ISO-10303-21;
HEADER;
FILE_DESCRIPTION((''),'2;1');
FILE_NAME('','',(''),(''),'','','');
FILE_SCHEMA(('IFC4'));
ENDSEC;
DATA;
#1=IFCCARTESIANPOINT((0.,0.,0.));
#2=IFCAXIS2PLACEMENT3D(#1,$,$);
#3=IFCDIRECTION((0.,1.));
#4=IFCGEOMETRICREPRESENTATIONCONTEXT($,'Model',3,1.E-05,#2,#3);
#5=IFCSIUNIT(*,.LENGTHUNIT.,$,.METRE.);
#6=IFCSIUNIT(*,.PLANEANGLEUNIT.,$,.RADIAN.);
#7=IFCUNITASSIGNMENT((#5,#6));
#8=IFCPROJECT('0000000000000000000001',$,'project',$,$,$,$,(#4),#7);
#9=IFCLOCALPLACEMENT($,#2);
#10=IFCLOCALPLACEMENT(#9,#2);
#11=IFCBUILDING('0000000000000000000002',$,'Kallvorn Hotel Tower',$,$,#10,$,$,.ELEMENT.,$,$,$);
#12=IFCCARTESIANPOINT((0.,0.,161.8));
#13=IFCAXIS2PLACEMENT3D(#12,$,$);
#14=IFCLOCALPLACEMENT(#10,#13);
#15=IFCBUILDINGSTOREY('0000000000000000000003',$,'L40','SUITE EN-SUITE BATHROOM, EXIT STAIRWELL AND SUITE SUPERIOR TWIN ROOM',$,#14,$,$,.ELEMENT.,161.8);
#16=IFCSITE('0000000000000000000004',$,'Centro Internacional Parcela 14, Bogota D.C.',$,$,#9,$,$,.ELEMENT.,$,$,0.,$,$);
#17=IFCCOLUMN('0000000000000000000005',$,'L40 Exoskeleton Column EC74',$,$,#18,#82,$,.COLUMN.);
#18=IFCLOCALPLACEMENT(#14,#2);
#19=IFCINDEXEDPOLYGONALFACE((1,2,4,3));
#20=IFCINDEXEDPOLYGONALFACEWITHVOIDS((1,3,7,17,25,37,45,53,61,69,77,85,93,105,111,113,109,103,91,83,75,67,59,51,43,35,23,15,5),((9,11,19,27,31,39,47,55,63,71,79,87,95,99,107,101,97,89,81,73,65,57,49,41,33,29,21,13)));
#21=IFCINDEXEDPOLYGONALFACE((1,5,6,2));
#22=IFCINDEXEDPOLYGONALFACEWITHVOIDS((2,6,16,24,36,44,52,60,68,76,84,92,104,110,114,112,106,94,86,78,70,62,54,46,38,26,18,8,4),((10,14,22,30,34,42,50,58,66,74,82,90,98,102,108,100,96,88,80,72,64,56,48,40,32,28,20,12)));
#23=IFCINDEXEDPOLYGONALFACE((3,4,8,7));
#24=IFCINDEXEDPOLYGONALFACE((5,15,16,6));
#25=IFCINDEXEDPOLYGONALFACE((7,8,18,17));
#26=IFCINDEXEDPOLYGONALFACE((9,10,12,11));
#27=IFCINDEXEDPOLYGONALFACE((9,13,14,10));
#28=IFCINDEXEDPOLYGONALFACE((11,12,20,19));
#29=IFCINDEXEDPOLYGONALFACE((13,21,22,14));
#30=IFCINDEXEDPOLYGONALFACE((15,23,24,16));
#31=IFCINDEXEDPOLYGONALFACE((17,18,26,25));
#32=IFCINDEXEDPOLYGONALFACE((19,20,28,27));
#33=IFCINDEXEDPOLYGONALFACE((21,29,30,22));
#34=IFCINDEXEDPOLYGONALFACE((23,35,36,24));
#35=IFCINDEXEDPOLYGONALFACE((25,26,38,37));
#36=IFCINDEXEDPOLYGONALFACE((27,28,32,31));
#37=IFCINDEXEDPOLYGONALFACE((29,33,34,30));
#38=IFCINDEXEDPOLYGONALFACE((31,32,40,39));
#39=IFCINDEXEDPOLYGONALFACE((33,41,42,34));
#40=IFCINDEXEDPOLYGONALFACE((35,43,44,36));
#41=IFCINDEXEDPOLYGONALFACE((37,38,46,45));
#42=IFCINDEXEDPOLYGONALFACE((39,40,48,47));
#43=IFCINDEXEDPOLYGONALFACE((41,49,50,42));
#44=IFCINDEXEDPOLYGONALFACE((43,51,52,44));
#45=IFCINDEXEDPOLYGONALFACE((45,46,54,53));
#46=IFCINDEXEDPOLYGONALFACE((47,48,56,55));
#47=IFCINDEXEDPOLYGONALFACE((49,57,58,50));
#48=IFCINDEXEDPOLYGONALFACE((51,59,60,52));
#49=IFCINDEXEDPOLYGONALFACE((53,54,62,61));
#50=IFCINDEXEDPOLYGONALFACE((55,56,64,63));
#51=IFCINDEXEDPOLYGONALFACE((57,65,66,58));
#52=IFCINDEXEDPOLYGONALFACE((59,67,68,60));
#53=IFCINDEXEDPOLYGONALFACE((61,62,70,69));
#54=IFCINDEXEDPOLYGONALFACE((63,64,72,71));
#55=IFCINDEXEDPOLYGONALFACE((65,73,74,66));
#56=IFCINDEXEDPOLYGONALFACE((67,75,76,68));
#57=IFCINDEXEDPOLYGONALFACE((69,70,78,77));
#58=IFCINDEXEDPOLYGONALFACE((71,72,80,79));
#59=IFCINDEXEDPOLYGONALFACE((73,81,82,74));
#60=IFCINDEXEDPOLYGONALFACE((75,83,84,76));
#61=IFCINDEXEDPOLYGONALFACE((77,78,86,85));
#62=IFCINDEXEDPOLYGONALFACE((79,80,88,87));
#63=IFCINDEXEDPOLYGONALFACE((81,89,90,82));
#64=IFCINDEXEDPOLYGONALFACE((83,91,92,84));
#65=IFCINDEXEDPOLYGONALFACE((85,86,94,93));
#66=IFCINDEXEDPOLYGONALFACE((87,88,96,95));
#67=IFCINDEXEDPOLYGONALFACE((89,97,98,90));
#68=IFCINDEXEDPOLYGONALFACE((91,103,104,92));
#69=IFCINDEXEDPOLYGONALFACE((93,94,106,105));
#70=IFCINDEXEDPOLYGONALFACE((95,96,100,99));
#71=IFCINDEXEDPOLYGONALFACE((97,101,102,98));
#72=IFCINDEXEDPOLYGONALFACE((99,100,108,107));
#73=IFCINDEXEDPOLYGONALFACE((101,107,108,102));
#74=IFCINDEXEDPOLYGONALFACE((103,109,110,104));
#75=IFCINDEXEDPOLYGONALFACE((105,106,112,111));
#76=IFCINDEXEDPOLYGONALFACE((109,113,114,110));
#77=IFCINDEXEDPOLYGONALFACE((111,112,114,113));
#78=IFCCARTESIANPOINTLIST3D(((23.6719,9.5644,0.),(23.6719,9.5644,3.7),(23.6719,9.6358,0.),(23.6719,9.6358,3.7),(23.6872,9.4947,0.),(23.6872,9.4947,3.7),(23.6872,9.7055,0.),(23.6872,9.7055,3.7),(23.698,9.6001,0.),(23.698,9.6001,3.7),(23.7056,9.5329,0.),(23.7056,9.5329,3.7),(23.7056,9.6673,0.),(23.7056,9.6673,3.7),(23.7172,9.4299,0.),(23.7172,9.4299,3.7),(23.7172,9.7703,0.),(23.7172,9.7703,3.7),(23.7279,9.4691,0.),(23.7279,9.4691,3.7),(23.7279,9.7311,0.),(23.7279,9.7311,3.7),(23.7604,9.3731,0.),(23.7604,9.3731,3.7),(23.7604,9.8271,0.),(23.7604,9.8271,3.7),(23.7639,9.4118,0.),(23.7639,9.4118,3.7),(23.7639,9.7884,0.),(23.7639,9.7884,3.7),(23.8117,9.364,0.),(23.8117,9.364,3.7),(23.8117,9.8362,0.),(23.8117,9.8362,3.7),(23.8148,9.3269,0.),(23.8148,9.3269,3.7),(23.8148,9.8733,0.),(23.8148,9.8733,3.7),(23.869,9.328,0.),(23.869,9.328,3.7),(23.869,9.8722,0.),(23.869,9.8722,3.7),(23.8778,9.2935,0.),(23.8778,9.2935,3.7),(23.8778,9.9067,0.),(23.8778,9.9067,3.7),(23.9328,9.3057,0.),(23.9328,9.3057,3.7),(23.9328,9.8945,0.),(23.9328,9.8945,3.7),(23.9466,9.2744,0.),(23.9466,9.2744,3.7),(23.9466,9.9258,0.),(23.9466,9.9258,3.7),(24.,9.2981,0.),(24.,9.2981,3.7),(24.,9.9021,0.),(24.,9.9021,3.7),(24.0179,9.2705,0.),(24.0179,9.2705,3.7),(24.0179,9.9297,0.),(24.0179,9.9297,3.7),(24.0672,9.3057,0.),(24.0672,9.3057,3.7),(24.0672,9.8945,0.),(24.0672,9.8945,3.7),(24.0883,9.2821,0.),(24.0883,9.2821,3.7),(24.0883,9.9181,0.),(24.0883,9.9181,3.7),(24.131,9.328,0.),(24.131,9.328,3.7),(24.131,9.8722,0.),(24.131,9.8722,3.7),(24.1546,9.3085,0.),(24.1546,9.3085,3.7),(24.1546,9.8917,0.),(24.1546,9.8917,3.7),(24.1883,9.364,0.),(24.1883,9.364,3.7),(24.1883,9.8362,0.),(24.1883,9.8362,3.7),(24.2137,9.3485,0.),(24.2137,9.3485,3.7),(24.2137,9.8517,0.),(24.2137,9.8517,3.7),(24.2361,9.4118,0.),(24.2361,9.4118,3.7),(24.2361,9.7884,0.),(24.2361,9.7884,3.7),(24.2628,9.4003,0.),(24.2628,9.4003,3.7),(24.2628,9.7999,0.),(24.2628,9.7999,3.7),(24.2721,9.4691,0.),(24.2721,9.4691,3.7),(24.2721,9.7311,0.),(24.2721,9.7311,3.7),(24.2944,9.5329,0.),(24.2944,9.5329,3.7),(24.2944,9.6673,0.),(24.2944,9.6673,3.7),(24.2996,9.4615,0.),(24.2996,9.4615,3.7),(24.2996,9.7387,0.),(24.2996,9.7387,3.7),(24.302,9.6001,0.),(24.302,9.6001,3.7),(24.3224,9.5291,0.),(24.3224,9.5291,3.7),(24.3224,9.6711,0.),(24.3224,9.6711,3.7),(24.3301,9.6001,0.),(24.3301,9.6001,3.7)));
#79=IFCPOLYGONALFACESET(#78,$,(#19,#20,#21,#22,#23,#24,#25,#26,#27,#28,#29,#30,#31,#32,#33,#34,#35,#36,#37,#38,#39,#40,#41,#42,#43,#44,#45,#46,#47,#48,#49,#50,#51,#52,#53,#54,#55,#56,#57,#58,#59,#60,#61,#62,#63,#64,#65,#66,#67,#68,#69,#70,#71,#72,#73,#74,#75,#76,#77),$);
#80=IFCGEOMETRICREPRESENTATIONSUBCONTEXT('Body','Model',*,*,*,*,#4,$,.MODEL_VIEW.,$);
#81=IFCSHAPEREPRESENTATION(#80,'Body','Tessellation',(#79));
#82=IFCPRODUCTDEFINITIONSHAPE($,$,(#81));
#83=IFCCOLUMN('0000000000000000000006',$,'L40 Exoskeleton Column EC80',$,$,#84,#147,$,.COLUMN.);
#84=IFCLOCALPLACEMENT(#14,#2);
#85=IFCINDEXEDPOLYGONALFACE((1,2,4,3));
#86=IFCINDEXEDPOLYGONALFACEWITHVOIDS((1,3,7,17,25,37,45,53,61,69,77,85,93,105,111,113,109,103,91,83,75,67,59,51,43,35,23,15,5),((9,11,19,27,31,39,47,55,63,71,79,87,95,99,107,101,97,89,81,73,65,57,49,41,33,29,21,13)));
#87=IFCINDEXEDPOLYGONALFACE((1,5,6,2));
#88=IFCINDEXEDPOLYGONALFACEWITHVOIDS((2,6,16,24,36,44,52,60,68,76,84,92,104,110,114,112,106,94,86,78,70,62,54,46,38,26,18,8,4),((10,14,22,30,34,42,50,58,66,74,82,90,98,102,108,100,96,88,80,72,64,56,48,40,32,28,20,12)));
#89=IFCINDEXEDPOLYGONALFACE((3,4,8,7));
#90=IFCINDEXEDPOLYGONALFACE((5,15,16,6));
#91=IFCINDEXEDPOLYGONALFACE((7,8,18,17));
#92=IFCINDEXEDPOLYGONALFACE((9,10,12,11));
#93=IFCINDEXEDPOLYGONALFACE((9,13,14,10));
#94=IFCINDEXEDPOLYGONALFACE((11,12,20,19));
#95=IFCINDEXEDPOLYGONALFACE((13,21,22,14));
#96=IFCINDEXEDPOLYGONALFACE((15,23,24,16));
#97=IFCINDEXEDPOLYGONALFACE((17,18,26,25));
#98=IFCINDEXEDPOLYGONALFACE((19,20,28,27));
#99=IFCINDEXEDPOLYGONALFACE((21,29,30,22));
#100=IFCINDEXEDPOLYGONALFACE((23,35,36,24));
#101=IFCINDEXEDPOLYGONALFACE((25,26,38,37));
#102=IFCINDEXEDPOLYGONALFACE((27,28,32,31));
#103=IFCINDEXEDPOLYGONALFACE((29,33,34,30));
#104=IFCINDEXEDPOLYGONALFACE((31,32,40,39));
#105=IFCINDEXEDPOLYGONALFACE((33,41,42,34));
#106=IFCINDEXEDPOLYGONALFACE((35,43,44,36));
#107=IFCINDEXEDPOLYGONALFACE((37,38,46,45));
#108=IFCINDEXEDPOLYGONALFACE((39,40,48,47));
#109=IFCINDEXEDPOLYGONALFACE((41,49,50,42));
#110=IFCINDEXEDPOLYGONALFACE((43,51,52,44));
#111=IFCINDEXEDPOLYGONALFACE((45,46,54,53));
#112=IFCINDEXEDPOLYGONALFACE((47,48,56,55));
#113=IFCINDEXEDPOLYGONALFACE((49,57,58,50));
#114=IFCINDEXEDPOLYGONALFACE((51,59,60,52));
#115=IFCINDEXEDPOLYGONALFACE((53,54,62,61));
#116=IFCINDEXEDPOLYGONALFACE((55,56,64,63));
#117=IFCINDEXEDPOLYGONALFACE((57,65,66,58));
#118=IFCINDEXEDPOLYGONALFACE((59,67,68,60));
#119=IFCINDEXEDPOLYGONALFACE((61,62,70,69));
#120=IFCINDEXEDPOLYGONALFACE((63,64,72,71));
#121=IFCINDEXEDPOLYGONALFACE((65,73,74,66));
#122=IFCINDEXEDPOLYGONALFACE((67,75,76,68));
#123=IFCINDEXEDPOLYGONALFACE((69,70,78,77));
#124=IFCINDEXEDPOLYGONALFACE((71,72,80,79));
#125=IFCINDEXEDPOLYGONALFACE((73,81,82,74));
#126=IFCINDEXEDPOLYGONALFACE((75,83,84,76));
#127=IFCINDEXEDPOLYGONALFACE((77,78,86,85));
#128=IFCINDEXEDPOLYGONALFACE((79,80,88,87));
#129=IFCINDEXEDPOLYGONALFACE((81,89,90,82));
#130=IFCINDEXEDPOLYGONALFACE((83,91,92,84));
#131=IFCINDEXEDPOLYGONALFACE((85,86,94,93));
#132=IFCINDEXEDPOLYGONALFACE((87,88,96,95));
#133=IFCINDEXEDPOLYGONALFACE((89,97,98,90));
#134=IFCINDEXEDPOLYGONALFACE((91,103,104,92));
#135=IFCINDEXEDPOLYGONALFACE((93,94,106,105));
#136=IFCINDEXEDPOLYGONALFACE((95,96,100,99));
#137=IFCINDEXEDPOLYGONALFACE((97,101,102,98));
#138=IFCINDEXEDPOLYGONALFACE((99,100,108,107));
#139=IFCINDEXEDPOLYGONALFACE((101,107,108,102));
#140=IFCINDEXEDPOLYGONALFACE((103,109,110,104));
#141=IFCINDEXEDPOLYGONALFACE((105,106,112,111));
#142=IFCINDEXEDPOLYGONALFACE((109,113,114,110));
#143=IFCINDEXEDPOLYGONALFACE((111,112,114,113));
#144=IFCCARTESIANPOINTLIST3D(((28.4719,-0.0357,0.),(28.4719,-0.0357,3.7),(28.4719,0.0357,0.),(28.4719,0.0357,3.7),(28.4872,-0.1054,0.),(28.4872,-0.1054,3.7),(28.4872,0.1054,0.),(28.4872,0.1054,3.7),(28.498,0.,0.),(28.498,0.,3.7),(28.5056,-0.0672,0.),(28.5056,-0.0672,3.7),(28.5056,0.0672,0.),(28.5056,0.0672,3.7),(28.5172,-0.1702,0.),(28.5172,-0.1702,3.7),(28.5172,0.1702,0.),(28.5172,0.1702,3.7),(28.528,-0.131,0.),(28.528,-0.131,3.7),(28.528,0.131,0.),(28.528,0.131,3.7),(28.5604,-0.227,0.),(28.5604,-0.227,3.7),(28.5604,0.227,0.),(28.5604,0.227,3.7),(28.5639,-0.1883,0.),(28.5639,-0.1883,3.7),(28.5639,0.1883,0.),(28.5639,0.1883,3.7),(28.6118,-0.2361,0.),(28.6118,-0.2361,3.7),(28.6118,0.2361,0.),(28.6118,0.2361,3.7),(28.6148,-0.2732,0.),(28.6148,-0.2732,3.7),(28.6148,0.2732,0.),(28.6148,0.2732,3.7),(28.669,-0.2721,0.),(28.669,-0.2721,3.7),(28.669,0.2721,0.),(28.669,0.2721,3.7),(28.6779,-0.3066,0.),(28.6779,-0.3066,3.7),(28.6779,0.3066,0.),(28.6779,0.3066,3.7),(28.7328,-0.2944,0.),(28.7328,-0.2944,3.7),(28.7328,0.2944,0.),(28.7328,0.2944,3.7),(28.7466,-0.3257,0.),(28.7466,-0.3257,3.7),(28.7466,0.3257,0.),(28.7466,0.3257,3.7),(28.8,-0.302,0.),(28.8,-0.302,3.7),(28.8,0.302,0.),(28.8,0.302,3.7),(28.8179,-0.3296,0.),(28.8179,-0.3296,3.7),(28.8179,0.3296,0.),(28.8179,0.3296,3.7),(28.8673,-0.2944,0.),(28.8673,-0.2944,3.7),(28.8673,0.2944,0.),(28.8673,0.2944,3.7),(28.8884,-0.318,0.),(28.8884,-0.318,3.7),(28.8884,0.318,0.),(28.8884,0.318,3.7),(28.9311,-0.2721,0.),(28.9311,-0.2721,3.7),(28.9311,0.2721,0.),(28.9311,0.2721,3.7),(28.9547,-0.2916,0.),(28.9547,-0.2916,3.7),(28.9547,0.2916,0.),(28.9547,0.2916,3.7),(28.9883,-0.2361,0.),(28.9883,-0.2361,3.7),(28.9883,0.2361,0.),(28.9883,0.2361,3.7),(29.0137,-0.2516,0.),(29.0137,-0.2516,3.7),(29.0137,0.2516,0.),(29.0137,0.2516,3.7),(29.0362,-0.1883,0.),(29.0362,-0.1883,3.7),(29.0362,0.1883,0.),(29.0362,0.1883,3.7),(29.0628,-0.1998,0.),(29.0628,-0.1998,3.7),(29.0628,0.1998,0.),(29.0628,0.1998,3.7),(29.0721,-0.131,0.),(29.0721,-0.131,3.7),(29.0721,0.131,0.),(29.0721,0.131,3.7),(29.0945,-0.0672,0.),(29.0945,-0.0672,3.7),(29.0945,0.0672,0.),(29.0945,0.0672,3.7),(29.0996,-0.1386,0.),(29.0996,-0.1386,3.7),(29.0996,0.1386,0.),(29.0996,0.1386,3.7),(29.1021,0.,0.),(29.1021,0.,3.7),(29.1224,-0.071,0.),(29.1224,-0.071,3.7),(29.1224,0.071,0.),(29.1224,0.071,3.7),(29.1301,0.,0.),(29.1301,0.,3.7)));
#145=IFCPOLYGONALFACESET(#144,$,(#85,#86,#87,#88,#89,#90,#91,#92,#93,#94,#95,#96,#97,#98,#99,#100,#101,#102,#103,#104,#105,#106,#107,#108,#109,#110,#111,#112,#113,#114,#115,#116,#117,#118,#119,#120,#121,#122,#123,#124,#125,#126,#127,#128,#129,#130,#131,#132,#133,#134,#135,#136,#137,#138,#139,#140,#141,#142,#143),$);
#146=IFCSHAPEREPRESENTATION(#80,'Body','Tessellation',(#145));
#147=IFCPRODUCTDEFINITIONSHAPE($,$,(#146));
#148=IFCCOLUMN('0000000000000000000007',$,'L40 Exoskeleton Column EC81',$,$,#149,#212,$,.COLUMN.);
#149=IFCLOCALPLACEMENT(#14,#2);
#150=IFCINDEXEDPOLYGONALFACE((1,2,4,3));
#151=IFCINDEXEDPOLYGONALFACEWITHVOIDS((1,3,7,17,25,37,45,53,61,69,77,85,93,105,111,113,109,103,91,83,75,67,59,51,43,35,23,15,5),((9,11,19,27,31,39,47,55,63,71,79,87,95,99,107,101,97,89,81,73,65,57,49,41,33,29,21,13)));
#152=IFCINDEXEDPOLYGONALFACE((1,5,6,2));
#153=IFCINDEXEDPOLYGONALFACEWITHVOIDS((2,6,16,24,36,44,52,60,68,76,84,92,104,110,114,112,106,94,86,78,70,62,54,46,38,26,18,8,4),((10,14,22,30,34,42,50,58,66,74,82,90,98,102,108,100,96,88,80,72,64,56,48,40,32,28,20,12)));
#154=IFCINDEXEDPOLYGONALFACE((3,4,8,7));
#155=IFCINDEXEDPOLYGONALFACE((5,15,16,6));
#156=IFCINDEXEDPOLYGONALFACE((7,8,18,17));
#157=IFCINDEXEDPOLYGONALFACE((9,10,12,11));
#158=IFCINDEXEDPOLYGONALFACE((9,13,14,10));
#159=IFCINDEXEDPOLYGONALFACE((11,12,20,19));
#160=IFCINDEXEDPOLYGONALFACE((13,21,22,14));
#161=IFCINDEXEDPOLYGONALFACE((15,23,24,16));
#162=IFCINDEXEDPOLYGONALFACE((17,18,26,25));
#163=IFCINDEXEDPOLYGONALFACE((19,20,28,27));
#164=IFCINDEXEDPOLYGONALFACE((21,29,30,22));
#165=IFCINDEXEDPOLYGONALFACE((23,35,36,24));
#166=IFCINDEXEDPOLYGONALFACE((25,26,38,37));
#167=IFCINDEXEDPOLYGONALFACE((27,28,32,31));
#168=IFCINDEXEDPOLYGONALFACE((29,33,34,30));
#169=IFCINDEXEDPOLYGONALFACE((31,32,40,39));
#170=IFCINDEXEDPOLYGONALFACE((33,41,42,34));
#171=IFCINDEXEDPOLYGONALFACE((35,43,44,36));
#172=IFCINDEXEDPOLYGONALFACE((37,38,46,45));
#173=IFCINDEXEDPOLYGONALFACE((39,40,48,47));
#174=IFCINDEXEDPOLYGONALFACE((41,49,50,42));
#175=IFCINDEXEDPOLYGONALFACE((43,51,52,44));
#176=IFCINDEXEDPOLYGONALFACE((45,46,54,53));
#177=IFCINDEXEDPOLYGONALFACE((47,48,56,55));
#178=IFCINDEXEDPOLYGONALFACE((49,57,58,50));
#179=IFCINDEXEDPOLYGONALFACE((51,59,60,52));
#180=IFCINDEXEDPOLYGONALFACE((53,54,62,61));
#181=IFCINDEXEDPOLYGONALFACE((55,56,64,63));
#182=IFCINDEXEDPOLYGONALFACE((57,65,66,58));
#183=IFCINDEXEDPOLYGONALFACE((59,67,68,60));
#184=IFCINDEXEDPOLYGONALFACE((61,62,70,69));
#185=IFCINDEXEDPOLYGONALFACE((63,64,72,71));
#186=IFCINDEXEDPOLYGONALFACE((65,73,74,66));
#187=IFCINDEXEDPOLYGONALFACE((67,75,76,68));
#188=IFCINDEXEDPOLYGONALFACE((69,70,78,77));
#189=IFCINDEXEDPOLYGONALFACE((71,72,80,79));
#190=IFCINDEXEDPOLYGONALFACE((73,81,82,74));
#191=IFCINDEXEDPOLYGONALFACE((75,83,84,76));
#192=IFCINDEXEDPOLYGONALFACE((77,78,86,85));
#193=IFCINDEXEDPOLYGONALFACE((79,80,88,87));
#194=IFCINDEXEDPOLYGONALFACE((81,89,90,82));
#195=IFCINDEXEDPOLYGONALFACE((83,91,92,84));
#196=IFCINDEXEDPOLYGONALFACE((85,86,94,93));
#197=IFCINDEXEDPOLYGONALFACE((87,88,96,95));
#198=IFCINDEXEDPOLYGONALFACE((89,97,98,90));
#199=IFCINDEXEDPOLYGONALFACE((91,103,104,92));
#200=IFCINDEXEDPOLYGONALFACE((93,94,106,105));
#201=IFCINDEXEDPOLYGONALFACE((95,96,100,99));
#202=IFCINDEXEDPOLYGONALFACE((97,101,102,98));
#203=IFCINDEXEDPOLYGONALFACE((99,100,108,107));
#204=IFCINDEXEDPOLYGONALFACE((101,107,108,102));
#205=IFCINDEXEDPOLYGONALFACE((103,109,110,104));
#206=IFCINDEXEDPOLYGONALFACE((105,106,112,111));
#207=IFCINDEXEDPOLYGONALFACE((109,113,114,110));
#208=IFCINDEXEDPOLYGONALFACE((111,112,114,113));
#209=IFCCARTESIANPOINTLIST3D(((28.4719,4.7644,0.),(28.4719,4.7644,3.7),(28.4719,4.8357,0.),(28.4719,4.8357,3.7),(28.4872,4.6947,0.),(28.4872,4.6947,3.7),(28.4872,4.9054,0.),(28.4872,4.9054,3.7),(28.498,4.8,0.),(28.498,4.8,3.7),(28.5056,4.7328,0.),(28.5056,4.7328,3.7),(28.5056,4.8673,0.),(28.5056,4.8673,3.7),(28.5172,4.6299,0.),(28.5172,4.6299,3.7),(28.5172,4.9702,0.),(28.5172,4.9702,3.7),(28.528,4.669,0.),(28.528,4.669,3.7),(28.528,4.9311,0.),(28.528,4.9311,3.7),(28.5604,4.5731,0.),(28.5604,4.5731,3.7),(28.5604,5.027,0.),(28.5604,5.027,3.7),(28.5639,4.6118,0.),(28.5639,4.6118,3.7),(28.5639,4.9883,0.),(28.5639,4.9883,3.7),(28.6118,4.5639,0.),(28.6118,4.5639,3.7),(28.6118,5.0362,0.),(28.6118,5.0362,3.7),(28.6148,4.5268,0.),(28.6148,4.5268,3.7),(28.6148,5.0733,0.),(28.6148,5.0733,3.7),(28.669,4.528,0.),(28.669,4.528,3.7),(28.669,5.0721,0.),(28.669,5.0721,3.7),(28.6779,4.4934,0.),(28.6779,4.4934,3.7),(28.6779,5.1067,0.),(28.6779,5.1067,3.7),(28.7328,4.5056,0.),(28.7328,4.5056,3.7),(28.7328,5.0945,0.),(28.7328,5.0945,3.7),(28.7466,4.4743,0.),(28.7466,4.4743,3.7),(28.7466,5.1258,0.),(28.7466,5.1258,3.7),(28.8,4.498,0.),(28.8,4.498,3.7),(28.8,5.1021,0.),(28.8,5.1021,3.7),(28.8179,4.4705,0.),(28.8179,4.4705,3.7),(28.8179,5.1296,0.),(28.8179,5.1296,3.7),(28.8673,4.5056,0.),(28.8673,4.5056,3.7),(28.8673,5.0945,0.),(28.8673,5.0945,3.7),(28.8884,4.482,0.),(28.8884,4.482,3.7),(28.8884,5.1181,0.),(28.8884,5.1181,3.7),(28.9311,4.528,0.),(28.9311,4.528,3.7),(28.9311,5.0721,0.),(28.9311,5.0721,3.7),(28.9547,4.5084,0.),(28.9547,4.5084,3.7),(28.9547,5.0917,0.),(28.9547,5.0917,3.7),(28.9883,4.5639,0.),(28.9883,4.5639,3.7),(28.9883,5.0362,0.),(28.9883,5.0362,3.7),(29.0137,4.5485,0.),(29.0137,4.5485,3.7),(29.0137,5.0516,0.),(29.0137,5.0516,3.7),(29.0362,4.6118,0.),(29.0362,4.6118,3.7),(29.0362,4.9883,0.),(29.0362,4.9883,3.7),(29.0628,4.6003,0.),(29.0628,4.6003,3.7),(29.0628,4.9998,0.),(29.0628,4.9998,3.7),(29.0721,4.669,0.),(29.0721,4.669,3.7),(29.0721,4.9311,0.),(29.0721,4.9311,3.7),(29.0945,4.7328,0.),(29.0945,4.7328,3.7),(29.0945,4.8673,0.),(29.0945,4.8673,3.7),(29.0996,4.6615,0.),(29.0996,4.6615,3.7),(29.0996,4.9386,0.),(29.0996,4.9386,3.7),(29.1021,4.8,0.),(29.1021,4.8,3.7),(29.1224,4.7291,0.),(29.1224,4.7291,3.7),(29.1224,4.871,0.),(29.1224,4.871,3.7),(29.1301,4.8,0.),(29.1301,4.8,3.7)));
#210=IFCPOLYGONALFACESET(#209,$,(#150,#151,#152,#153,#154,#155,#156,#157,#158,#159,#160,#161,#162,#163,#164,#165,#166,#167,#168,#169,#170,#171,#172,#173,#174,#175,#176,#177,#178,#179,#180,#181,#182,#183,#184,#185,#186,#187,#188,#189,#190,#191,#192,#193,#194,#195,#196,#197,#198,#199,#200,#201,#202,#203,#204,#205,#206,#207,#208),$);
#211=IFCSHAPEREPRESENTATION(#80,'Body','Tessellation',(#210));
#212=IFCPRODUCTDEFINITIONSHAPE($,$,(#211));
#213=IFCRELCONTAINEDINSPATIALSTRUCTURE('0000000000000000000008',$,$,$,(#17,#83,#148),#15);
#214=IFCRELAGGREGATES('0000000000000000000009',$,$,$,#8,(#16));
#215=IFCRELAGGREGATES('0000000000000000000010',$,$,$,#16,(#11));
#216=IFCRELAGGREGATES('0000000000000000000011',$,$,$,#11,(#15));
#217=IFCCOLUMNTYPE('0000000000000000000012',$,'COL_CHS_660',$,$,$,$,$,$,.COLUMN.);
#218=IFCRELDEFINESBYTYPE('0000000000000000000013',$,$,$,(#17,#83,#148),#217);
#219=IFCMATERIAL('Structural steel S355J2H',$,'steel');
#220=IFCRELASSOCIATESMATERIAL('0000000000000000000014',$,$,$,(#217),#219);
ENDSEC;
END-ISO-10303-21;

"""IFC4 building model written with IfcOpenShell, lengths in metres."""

from ifc_helpers import new_model, si_unit, direction, frame, origin, origin_2d, place, context, subcontext, project, spatial, hollow_circle, extrude, material, material_profile, profile_set, type_object, element, save


model = new_model("IFC4")

# Units and contexts
model_context = context("Model", 3, precision=1e-05, world=origin(), true_north=direction((0.0, 1.0)))
body_context = subcontext(model_context, "Body", "Model", "MODEL_VIEW")
ifc_project = project(units=[si_unit("LENGTHUNIT", "METRE"), si_unit("PLANEANGLEUNIT", "RADIAN")], contexts=[model_context])

# Site, building, storey
site_placement = place(None, origin())
site = spatial("IfcSite", under=ifc_project, at=site_placement, Name="Centro Internacional Parcela 14, Bogota D.C.", CompositionType="ELEMENT", RefElevation=0.0)
building_placement = place(site_placement, origin())
building = spatial("IfcBuilding", under=site, at=building_placement, Name="Kallvorn Hotel Tower", CompositionType="ELEMENT")
storey_placement = place(building_placement, frame((0.0, 0.0, 161.8)))
storey = spatial("IfcBuildingStorey", under=building, at=storey_placement, Name="L40", Description="SUITE EN-SUITE BATHROOM, EXIT STAIRWELL AND SUITE SUPERIOR TWIN ROOM", CompositionType="ELEMENT", Elevation=161.8)

# Columns
ifc_material_1 = material(Name="Structural steel S355J2H", Category="steel")
ifc_material_profile_1 = material_profile(ifc_material_1, hollow_circle(Radius=0.3301, WallThickness=0.0281, at=origin_2d()), Name="CHS 660x28")
ifc_profile_set_1 = profile_set([ifc_material_profile_1], Name="Structural steel S355J2H")
column_type_1 = type_object("IfcColumnType", Name="COL_CHS_660", PredefinedType="COLUMN", material=ifc_profile_set_1)
for number, where, z_axis, x_axis, name in (
    (1, (24.0, 9.6001, 0.0), (0.0, 0.0, 1.0), (1.0, 0.0, 0.0), "L40 Exoskeleton Column EC74"),
    (2, (28.8, 0.0, 0.0), (0.0, 0.0, 1.0), (1.0, 0.0, 0.0), "L40 Exoskeleton Column EC80"),
    (3, (28.8, 4.8, 0.0), (0.0, 0.0, 1.0), (1.0, 0.0, 0.0), "L40 Exoskeleton Column EC81"),
):
    element("IfcColumn", number, at=place(storey_placement, frame(where, z_axis=z_axis, x_axis=x_axis)), inside=storey, type_object=column_type_1, Name=name, PredefinedType="COLUMN", context=body_context, shape_type="SweptSolid", body=[
        extrude(hollow_circle(Radius=0.3301, WallThickness=0.0281, at=origin_2d()), origin(), (0.0, 0.0, 1.0), 3.7),
    ])

save(model, "model.ifc")
